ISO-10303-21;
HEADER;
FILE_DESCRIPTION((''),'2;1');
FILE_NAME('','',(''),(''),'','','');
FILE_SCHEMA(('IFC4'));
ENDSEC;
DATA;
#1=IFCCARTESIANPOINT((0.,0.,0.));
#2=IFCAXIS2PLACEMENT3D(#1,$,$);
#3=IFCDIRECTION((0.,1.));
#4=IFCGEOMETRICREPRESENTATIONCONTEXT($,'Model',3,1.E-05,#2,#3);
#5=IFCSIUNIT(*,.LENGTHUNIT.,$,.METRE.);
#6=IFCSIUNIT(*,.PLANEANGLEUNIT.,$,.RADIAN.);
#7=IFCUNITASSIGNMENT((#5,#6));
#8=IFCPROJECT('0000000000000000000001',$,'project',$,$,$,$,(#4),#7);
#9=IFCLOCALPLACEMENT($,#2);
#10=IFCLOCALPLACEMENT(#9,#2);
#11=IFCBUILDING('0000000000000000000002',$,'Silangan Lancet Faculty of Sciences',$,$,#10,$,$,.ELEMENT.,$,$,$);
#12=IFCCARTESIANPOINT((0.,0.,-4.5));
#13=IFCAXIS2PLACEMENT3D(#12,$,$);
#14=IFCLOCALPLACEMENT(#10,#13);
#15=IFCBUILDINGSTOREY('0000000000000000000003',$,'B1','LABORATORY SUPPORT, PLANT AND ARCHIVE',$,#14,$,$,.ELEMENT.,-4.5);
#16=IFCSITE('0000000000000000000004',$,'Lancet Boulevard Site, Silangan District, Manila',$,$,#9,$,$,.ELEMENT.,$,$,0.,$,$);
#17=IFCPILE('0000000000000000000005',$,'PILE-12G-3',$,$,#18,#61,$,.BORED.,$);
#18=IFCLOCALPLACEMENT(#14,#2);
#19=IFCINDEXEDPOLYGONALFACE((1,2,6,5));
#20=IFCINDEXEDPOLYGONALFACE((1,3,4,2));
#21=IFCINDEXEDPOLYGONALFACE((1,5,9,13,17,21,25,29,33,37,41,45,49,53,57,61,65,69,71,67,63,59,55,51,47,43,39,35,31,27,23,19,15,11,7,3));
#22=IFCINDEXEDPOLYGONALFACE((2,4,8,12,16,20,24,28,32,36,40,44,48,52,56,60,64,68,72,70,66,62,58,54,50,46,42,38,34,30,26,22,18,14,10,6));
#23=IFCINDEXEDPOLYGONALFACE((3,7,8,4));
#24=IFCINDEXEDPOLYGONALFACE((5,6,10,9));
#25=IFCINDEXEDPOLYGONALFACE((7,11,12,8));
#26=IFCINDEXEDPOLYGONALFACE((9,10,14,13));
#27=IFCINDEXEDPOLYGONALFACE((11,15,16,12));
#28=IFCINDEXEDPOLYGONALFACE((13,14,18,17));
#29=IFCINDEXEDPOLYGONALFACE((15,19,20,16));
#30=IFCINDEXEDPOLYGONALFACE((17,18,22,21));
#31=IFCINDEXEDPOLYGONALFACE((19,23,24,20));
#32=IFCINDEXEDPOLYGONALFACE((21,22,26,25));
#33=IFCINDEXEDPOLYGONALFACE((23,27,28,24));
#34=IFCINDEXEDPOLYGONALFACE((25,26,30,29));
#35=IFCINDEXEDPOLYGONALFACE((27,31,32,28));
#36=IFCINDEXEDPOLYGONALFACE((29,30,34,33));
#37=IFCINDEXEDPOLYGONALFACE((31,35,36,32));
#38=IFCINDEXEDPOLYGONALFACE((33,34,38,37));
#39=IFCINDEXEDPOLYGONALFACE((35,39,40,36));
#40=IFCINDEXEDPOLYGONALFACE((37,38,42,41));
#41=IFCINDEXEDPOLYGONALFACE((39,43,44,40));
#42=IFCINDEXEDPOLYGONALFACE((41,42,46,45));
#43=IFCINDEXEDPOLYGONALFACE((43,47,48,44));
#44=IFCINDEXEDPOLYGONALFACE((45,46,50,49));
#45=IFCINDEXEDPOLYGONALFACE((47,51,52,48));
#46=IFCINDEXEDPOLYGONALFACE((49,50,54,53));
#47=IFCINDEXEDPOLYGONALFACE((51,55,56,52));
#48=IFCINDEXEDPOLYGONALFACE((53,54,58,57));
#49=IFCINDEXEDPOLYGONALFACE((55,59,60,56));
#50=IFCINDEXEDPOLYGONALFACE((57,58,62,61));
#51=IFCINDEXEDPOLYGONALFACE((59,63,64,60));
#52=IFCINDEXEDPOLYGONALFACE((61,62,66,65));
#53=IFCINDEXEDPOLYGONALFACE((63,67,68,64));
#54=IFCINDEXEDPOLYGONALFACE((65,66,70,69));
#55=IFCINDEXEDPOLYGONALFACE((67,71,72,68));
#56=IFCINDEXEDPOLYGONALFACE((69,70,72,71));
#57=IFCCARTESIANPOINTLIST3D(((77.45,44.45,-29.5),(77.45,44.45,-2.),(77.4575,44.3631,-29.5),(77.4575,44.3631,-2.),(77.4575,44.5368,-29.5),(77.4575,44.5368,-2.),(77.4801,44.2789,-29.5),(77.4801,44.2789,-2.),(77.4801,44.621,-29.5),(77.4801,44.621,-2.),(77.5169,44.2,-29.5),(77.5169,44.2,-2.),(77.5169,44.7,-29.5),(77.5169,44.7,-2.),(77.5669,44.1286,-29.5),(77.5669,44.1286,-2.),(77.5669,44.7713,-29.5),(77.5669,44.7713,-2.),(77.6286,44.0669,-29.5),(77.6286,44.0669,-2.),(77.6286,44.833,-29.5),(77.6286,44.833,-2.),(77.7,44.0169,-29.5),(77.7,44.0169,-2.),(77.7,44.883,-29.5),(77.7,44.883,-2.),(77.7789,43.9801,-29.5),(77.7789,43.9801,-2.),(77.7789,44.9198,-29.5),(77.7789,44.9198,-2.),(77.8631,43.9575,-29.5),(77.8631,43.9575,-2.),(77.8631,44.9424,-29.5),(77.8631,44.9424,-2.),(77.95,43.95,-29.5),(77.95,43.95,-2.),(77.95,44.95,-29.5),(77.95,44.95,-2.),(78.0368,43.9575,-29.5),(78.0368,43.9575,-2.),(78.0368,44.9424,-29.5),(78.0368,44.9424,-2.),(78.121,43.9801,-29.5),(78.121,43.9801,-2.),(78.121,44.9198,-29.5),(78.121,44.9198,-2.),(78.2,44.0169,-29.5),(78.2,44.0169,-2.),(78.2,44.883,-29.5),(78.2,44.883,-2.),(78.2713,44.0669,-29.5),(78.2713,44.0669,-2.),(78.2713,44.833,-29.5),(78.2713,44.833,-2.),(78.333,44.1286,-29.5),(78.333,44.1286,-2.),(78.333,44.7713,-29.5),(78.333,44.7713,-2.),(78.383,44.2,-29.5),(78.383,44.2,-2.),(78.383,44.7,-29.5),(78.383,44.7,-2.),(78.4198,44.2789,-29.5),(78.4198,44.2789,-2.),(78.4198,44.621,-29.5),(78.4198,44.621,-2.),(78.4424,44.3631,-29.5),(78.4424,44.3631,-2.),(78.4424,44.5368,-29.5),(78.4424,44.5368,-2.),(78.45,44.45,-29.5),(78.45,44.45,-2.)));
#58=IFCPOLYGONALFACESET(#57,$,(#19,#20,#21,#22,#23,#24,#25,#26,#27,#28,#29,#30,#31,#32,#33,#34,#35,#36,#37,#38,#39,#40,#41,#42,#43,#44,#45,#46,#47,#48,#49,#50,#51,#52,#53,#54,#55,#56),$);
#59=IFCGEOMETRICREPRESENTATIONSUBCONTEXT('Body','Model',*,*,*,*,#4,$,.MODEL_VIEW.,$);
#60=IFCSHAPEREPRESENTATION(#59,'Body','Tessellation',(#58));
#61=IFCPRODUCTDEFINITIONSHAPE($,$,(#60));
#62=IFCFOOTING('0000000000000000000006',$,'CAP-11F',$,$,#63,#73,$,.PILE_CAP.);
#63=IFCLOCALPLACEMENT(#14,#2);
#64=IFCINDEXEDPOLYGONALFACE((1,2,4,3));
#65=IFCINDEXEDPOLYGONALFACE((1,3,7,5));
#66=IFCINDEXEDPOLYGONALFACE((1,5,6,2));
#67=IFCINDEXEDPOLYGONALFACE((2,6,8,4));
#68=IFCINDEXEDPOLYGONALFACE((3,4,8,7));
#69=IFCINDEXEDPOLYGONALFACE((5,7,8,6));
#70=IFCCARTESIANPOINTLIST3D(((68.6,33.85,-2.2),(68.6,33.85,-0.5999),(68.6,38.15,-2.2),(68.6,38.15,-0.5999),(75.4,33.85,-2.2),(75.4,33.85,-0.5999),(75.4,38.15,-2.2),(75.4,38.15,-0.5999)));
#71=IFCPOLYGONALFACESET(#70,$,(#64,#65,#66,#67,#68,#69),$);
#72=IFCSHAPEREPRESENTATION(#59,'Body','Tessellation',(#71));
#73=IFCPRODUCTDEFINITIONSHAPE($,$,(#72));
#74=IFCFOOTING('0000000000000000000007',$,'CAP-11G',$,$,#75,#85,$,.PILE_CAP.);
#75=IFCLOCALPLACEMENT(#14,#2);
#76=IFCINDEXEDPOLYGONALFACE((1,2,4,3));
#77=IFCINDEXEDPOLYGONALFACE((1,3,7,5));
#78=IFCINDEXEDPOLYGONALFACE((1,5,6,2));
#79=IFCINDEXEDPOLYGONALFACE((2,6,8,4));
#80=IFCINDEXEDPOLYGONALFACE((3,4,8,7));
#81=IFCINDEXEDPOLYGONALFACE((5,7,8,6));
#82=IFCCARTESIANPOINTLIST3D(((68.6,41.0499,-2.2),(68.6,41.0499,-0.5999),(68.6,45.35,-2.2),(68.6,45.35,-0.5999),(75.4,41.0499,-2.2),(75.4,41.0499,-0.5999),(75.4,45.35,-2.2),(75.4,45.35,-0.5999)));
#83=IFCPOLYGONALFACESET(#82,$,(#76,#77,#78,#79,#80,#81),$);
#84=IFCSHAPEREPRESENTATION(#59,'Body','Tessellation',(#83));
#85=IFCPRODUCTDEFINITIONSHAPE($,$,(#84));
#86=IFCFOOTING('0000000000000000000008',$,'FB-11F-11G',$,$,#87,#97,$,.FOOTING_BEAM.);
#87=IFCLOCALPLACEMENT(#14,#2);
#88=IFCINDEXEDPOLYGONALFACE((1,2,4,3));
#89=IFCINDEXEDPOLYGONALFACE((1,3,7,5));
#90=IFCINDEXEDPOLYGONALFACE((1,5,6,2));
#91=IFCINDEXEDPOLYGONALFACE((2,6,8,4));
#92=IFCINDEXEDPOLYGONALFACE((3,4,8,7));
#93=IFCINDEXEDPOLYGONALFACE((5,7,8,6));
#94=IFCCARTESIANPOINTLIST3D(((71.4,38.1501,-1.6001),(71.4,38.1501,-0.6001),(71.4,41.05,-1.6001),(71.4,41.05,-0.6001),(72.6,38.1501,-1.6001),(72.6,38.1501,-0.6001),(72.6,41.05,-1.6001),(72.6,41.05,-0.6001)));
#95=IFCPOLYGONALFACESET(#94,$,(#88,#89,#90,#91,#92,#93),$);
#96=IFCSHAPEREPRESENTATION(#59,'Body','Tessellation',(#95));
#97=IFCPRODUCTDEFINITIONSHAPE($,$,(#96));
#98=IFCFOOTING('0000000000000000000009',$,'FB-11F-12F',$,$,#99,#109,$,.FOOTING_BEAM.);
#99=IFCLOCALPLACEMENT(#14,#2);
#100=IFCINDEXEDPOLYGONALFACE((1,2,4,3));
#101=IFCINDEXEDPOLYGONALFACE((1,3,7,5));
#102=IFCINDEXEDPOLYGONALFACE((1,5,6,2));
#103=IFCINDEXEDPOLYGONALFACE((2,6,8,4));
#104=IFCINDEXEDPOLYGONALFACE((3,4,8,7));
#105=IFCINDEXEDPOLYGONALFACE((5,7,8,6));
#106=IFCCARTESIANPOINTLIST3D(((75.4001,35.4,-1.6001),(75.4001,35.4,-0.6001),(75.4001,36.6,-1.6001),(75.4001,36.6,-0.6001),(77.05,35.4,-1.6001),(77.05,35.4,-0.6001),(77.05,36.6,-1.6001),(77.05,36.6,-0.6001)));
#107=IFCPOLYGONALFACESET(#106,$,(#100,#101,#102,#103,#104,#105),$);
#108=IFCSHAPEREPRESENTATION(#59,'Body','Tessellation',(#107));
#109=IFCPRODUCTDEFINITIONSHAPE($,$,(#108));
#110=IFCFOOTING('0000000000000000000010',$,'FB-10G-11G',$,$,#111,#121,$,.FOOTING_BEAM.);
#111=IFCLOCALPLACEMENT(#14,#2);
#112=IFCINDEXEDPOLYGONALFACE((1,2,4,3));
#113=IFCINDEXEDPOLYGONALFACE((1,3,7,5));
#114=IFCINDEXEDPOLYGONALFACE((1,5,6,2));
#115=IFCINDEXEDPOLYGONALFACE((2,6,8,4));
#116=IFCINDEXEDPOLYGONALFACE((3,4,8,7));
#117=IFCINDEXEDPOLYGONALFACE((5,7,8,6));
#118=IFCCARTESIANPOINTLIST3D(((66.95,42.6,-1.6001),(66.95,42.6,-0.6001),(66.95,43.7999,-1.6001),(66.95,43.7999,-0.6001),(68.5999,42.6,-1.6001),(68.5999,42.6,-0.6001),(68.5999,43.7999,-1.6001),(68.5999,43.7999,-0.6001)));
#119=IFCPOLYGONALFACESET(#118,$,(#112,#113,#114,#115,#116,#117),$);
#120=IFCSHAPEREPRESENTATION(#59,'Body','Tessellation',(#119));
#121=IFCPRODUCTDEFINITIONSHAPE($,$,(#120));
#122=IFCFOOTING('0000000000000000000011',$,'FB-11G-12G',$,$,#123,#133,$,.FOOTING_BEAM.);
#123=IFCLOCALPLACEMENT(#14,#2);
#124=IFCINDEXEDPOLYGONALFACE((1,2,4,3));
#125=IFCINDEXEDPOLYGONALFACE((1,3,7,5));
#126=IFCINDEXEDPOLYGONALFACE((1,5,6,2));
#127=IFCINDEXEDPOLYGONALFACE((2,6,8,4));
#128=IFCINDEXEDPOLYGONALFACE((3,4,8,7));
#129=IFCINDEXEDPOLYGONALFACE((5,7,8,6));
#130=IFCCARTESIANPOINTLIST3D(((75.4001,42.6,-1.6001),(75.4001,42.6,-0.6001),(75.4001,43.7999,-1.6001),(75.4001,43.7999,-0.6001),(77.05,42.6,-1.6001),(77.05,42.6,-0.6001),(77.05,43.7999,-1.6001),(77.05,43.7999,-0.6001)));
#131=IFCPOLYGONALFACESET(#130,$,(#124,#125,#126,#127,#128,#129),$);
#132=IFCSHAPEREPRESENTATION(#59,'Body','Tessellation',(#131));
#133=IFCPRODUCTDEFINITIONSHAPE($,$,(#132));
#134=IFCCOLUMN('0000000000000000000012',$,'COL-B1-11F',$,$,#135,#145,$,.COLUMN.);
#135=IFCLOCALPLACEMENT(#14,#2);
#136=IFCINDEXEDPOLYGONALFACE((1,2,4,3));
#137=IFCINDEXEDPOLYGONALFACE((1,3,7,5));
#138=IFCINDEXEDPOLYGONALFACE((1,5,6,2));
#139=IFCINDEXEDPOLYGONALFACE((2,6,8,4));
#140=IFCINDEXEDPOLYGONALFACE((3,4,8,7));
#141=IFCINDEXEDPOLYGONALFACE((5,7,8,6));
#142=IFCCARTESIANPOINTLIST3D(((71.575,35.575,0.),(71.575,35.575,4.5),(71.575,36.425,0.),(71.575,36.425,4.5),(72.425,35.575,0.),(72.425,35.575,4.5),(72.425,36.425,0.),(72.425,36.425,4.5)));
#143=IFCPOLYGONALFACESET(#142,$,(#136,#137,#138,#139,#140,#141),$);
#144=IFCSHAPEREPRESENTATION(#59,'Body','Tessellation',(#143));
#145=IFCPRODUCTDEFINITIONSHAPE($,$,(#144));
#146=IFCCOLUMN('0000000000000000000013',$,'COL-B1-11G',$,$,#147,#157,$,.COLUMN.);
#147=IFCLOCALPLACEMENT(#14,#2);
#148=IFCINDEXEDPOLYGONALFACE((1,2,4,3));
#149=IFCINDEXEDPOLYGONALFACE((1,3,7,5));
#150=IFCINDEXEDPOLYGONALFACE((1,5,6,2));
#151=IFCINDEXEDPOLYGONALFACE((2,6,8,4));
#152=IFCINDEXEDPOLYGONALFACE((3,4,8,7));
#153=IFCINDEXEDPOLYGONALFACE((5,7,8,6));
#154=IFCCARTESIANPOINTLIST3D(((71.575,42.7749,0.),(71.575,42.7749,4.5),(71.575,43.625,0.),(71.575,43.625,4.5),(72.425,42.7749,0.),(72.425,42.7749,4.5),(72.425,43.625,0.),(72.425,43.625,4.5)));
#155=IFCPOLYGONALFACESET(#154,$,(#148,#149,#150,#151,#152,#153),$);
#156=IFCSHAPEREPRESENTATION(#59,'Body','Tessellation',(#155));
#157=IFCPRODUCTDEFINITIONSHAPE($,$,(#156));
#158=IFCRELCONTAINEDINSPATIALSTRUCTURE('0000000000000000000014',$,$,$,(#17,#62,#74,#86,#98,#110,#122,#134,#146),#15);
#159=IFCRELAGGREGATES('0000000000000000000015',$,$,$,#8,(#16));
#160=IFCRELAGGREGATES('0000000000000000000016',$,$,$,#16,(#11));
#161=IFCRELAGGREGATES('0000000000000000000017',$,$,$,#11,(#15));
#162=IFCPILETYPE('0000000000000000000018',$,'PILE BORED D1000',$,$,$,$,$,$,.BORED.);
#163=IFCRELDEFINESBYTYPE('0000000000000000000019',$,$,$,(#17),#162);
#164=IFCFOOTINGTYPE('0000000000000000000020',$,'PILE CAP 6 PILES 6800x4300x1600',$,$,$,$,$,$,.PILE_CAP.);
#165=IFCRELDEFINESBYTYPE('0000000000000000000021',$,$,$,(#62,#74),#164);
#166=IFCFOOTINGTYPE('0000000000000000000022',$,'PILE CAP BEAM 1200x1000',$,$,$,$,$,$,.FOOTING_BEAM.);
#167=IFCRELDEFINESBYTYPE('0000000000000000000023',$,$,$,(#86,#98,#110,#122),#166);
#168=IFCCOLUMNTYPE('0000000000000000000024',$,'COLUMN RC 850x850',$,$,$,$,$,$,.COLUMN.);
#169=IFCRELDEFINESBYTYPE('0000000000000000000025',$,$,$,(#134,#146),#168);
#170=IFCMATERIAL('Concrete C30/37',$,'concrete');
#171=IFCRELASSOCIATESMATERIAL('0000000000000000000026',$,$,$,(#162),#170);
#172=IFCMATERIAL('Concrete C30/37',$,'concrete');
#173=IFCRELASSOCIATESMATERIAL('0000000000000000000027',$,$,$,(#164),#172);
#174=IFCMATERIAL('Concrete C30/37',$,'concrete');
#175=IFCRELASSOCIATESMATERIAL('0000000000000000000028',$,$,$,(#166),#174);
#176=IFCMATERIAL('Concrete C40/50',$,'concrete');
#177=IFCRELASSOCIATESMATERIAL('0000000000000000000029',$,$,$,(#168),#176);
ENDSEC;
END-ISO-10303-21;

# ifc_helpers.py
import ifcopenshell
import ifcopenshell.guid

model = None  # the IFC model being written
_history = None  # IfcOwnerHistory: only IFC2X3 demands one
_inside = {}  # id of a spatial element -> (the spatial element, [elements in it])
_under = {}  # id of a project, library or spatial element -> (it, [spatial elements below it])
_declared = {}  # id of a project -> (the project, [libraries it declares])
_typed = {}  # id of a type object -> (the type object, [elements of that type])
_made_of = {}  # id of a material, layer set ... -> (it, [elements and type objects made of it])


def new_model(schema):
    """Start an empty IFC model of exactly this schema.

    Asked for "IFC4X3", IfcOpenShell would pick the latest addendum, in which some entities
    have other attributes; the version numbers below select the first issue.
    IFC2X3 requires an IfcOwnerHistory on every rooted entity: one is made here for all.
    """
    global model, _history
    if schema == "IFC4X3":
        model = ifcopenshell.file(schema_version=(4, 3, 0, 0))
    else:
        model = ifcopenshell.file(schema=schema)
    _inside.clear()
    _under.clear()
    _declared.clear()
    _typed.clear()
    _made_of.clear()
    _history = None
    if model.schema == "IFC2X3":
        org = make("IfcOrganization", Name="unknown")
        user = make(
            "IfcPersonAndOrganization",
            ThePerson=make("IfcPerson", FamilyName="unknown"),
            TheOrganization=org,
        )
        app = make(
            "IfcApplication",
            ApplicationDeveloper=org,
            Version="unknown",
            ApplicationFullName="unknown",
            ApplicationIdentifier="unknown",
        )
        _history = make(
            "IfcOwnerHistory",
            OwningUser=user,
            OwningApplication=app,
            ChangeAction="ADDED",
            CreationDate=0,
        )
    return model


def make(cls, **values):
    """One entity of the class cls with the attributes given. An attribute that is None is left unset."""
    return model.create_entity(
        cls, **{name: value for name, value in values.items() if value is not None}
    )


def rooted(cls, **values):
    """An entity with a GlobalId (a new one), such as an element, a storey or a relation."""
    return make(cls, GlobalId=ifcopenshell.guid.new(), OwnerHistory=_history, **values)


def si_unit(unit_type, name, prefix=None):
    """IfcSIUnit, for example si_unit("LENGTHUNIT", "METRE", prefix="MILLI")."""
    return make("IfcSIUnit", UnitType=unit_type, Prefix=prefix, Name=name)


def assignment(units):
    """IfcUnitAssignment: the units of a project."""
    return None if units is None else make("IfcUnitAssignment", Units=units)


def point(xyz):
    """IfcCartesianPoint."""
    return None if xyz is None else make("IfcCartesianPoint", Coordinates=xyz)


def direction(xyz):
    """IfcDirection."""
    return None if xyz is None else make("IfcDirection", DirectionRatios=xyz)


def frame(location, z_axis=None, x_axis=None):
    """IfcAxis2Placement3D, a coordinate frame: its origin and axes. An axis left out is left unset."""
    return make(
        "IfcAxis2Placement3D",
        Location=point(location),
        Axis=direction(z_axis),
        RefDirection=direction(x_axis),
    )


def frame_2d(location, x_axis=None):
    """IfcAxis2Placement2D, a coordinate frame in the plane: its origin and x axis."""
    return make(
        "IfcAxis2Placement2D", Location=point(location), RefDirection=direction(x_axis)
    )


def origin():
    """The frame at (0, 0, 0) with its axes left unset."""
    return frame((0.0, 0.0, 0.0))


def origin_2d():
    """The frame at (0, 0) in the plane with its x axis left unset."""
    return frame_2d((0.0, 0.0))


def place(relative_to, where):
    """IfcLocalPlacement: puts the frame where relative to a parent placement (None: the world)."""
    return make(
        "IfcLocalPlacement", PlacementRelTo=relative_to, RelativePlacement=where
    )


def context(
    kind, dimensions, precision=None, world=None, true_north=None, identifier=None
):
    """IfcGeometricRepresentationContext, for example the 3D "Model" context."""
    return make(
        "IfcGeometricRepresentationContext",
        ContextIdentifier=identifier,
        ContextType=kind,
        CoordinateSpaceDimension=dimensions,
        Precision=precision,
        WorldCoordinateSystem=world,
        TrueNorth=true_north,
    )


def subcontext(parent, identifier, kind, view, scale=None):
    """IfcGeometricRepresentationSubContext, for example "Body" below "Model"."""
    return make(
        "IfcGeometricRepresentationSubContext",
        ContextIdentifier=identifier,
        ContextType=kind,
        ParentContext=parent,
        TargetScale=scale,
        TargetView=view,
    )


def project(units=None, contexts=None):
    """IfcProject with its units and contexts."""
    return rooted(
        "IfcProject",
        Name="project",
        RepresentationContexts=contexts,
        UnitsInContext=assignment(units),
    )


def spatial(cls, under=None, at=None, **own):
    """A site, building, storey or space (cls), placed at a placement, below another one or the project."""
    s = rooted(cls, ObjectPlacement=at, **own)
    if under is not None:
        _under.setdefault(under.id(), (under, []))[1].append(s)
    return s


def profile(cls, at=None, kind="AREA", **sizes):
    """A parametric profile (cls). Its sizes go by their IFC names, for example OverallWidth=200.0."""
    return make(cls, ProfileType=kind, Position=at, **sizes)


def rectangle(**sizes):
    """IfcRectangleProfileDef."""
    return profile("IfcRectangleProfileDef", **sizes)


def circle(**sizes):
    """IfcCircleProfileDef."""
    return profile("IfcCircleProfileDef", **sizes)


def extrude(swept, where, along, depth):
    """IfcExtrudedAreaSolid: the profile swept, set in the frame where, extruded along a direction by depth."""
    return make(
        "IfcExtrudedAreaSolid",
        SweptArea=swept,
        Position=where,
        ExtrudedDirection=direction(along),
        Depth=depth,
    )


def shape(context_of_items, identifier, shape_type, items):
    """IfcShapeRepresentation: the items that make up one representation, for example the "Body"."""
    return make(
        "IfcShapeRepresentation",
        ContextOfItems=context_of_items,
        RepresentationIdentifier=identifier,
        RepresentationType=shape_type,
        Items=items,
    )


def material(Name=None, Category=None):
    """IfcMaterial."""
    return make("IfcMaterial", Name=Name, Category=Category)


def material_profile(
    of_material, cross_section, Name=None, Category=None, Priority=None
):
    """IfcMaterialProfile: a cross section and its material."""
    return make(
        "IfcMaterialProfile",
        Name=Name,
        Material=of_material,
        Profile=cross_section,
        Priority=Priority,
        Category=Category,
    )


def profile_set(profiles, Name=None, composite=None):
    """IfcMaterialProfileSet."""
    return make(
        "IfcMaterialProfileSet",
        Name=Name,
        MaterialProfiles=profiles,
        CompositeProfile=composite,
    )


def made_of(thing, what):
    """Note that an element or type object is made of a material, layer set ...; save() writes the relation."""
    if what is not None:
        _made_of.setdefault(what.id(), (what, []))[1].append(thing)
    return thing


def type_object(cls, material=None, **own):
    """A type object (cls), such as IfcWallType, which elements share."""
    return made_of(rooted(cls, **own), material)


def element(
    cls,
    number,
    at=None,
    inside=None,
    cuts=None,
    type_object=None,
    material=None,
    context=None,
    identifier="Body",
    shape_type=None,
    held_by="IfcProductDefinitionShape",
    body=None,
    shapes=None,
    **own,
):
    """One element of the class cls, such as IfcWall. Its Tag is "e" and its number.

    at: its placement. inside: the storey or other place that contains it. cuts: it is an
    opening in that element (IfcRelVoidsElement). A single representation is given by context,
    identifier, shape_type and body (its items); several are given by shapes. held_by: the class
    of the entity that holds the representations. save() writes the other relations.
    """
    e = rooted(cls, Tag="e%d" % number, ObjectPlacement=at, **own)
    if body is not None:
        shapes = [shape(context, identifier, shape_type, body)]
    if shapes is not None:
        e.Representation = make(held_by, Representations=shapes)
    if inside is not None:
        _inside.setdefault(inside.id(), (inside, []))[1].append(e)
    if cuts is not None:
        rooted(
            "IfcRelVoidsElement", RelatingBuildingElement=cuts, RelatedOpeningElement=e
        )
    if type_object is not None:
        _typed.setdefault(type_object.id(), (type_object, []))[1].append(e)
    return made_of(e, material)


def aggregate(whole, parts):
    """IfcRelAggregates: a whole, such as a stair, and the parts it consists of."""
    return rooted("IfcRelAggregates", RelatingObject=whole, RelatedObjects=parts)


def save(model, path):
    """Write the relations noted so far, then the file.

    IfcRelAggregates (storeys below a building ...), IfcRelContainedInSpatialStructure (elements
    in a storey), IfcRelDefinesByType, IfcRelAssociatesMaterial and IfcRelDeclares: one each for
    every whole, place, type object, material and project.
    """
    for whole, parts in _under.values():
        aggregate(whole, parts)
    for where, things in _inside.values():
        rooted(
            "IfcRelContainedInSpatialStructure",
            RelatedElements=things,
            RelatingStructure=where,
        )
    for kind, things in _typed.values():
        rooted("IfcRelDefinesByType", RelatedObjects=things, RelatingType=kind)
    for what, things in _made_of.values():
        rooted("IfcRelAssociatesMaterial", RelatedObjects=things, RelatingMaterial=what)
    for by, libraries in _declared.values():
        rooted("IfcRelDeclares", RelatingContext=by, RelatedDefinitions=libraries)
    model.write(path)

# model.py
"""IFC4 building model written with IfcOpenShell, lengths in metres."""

from ifc_helpers import new_model, si_unit, direction, frame, origin, origin_2d, place, context, subcontext, project, spatial, rectangle, circle, extrude, material, material_profile, profile_set, type_object, element, save


model = new_model("IFC4")

# Units and contexts
model_context = context("Model", 3, precision=1e-05, world=origin(), true_north=direction((0.0, 1.0)))
body_context = subcontext(model_context, "Body", "Model", "MODEL_VIEW")
ifc_project = project(units=[si_unit("LENGTHUNIT", "METRE"), si_unit("PLANEANGLEUNIT", "RADIAN")], contexts=[model_context])

# Site, building, storey
site_placement = place(None, origin())
site = spatial("IfcSite", under=ifc_project, at=site_placement, Name="Lancet Boulevard Site, Silangan District, Manila", CompositionType="ELEMENT", RefElevation=0.0)
building_placement = place(site_placement, origin())
building = spatial("IfcBuilding", under=site, at=building_placement, Name="Silangan Lancet Faculty of Sciences", CompositionType="ELEMENT")
storey_placement = place(building_placement, frame((0.0, 0.0, -4.5)))
storey = spatial("IfcBuildingStorey", under=building, at=storey_placement, Name="B1", Description="LABORATORY SUPPORT, PLANT AND ARCHIVE", CompositionType="ELEMENT", Elevation=-4.5)

# Pile
ifc_material_1 = material(Name="Concrete C30/37", Category="concrete")
ifc_material_profile_1 = material_profile(ifc_material_1, circle(Radius=0.5, at=origin_2d()), Name="BORED PILE D1000")
ifc_profile_set_1 = profile_set([ifc_material_profile_1], Name="Concrete C30/37")
pile_type = type_object("IfcPileType", Name="PILE BORED D1000", PredefinedType="BORED", material=ifc_profile_set_1)
for number, where, z_axis, x_axis, name in (
    (1, (77.95, 44.45, -2.0), (0.0, 0.0, -1.0), (1.0, 0.0, 0.0), "PILE-12G-3"),
):
    element("IfcPile", number, at=place(storey_placement, frame(where, z_axis=z_axis, x_axis=x_axis)), inside=storey, type_object=pile_type, Name=name, PredefinedType="BORED", context=body_context, shape_type="SweptSolid", body=[
        extrude(circle(Radius=0.5, at=origin_2d()), origin(), (0.0, 0.0, 1.0), 27.5),
    ])

# Footings
ifc_material_2 = material(Name="Concrete C30/37", Category="concrete")
footing_type_1 = type_object("IfcFootingType", Name="PILE CAP 6 PILES 6800x4300x1600", PredefinedType="PILE_CAP", material=ifc_material_2)
for number, where, z_axis, x_axis, name in (
    (2, (72.0, 36.0, -2.2), (0.0, 0.0, 1.0), (1.0, 0.0, 0.0), "CAP-11F"),
    (3, (72.0, 43.2, -2.2), (0.0, 0.0, 1.0), (1.0, 0.0, 0.0), "CAP-11G"),
):
    element("IfcFooting", number, at=place(storey_placement, frame(where, z_axis=z_axis, x_axis=x_axis)), inside=storey, type_object=footing_type_1, Name=name, PredefinedType="PILE_CAP", context=body_context, shape_type="SweptSolid", body=[
        extrude(rectangle(XDim=6.8, YDim=4.3, at=origin_2d()), origin(), (0.0, 0.0, 1.0), 1.6001),
    ])
ifc_material_3 = material(Name="Concrete C30/37", Category="concrete")
footing_type_2 = type_object("IfcFootingType", Name="PILE CAP BEAM 1200x1000", PredefinedType="FOOTING_BEAM", material=ifc_material_3)
footing_placement = place(storey_placement, frame((72.0, 39.6001, -1.6001), z_axis=(0.0, 0.0, 1.0), x_axis=(0.0, 1.0, 0.0)))
element("IfcFooting", 4, at=footing_placement, inside=storey, type_object=footing_type_2, Name="FB-11F-11G", PredefinedType="FOOTING_BEAM", context=body_context, shape_type="SweptSolid", body=[
    extrude(rectangle(XDim=2.8999, YDim=1.2, at=origin_2d()), origin(), (0.0, 0.0, 1.0), 1.0),
])
for number, where, z_axis, x_axis, name in (
    (5, (76.2251, 36.0, -1.6001), (0.0, 0.0, 1.0), (1.0, 0.0, 0.0), "FB-11F-12F"),
    (6, (67.7749, 43.2, -1.6001), (0.0, 0.0, 1.0), (1.0, 0.0, 0.0), "FB-10G-11G"),
    (7, (76.2251, 43.2, -1.6001), (0.0, 0.0, 1.0), (1.0, 0.0, 0.0), "FB-11G-12G"),
):
    element("IfcFooting", number, at=place(storey_placement, frame(where, z_axis=z_axis, x_axis=x_axis)), inside=storey, type_object=footing_type_2, Name=name, PredefinedType="FOOTING_BEAM", context=body_context, shape_type="SweptSolid", body=[
        extrude(rectangle(XDim=1.6499, YDim=1.2, at=origin_2d()), origin(), (0.0, 0.0, 1.0), 1.0),
    ])

# Columns
ifc_material_4 = material(Name="Concrete C40/50", Category="concrete")
ifc_material_profile_2 = material_profile(ifc_material_4, rectangle(XDim=0.8501, YDim=0.8501, at=origin_2d()), Name="RC 850x850")
ifc_profile_set_2 = profile_set([ifc_material_profile_2], Name="Concrete C40/50")
column_type = type_object("IfcColumnType", Name="COLUMN RC 850x850", PredefinedType="COLUMN", material=ifc_profile_set_2)
for number, where, z_axis, x_axis, name in (
    (8, (72.0, 36.0, 0.0), (0.0, 0.0, 1.0), (1.0, 0.0, 0.0), "COL-B1-11F"),
    (9, (72.0, 43.2, 0.0), (0.0, 0.0, 1.0), (1.0, 0.0, 0.0), "COL-B1-11G"),
):
    element("IfcColumn", number, at=place(storey_placement, frame(where, z_axis=z_axis, x_axis=x_axis)), inside=storey, type_object=column_type, Name=name, PredefinedType="COLUMN", context=body_context, shape_type="SweptSolid", body=[
        extrude(rectangle(XDim=0.8501, YDim=0.8501, at=origin_2d()), origin(), (0.0, 0.0, 1.0), 4.5),
    ])

save(model, "model.ifc")
